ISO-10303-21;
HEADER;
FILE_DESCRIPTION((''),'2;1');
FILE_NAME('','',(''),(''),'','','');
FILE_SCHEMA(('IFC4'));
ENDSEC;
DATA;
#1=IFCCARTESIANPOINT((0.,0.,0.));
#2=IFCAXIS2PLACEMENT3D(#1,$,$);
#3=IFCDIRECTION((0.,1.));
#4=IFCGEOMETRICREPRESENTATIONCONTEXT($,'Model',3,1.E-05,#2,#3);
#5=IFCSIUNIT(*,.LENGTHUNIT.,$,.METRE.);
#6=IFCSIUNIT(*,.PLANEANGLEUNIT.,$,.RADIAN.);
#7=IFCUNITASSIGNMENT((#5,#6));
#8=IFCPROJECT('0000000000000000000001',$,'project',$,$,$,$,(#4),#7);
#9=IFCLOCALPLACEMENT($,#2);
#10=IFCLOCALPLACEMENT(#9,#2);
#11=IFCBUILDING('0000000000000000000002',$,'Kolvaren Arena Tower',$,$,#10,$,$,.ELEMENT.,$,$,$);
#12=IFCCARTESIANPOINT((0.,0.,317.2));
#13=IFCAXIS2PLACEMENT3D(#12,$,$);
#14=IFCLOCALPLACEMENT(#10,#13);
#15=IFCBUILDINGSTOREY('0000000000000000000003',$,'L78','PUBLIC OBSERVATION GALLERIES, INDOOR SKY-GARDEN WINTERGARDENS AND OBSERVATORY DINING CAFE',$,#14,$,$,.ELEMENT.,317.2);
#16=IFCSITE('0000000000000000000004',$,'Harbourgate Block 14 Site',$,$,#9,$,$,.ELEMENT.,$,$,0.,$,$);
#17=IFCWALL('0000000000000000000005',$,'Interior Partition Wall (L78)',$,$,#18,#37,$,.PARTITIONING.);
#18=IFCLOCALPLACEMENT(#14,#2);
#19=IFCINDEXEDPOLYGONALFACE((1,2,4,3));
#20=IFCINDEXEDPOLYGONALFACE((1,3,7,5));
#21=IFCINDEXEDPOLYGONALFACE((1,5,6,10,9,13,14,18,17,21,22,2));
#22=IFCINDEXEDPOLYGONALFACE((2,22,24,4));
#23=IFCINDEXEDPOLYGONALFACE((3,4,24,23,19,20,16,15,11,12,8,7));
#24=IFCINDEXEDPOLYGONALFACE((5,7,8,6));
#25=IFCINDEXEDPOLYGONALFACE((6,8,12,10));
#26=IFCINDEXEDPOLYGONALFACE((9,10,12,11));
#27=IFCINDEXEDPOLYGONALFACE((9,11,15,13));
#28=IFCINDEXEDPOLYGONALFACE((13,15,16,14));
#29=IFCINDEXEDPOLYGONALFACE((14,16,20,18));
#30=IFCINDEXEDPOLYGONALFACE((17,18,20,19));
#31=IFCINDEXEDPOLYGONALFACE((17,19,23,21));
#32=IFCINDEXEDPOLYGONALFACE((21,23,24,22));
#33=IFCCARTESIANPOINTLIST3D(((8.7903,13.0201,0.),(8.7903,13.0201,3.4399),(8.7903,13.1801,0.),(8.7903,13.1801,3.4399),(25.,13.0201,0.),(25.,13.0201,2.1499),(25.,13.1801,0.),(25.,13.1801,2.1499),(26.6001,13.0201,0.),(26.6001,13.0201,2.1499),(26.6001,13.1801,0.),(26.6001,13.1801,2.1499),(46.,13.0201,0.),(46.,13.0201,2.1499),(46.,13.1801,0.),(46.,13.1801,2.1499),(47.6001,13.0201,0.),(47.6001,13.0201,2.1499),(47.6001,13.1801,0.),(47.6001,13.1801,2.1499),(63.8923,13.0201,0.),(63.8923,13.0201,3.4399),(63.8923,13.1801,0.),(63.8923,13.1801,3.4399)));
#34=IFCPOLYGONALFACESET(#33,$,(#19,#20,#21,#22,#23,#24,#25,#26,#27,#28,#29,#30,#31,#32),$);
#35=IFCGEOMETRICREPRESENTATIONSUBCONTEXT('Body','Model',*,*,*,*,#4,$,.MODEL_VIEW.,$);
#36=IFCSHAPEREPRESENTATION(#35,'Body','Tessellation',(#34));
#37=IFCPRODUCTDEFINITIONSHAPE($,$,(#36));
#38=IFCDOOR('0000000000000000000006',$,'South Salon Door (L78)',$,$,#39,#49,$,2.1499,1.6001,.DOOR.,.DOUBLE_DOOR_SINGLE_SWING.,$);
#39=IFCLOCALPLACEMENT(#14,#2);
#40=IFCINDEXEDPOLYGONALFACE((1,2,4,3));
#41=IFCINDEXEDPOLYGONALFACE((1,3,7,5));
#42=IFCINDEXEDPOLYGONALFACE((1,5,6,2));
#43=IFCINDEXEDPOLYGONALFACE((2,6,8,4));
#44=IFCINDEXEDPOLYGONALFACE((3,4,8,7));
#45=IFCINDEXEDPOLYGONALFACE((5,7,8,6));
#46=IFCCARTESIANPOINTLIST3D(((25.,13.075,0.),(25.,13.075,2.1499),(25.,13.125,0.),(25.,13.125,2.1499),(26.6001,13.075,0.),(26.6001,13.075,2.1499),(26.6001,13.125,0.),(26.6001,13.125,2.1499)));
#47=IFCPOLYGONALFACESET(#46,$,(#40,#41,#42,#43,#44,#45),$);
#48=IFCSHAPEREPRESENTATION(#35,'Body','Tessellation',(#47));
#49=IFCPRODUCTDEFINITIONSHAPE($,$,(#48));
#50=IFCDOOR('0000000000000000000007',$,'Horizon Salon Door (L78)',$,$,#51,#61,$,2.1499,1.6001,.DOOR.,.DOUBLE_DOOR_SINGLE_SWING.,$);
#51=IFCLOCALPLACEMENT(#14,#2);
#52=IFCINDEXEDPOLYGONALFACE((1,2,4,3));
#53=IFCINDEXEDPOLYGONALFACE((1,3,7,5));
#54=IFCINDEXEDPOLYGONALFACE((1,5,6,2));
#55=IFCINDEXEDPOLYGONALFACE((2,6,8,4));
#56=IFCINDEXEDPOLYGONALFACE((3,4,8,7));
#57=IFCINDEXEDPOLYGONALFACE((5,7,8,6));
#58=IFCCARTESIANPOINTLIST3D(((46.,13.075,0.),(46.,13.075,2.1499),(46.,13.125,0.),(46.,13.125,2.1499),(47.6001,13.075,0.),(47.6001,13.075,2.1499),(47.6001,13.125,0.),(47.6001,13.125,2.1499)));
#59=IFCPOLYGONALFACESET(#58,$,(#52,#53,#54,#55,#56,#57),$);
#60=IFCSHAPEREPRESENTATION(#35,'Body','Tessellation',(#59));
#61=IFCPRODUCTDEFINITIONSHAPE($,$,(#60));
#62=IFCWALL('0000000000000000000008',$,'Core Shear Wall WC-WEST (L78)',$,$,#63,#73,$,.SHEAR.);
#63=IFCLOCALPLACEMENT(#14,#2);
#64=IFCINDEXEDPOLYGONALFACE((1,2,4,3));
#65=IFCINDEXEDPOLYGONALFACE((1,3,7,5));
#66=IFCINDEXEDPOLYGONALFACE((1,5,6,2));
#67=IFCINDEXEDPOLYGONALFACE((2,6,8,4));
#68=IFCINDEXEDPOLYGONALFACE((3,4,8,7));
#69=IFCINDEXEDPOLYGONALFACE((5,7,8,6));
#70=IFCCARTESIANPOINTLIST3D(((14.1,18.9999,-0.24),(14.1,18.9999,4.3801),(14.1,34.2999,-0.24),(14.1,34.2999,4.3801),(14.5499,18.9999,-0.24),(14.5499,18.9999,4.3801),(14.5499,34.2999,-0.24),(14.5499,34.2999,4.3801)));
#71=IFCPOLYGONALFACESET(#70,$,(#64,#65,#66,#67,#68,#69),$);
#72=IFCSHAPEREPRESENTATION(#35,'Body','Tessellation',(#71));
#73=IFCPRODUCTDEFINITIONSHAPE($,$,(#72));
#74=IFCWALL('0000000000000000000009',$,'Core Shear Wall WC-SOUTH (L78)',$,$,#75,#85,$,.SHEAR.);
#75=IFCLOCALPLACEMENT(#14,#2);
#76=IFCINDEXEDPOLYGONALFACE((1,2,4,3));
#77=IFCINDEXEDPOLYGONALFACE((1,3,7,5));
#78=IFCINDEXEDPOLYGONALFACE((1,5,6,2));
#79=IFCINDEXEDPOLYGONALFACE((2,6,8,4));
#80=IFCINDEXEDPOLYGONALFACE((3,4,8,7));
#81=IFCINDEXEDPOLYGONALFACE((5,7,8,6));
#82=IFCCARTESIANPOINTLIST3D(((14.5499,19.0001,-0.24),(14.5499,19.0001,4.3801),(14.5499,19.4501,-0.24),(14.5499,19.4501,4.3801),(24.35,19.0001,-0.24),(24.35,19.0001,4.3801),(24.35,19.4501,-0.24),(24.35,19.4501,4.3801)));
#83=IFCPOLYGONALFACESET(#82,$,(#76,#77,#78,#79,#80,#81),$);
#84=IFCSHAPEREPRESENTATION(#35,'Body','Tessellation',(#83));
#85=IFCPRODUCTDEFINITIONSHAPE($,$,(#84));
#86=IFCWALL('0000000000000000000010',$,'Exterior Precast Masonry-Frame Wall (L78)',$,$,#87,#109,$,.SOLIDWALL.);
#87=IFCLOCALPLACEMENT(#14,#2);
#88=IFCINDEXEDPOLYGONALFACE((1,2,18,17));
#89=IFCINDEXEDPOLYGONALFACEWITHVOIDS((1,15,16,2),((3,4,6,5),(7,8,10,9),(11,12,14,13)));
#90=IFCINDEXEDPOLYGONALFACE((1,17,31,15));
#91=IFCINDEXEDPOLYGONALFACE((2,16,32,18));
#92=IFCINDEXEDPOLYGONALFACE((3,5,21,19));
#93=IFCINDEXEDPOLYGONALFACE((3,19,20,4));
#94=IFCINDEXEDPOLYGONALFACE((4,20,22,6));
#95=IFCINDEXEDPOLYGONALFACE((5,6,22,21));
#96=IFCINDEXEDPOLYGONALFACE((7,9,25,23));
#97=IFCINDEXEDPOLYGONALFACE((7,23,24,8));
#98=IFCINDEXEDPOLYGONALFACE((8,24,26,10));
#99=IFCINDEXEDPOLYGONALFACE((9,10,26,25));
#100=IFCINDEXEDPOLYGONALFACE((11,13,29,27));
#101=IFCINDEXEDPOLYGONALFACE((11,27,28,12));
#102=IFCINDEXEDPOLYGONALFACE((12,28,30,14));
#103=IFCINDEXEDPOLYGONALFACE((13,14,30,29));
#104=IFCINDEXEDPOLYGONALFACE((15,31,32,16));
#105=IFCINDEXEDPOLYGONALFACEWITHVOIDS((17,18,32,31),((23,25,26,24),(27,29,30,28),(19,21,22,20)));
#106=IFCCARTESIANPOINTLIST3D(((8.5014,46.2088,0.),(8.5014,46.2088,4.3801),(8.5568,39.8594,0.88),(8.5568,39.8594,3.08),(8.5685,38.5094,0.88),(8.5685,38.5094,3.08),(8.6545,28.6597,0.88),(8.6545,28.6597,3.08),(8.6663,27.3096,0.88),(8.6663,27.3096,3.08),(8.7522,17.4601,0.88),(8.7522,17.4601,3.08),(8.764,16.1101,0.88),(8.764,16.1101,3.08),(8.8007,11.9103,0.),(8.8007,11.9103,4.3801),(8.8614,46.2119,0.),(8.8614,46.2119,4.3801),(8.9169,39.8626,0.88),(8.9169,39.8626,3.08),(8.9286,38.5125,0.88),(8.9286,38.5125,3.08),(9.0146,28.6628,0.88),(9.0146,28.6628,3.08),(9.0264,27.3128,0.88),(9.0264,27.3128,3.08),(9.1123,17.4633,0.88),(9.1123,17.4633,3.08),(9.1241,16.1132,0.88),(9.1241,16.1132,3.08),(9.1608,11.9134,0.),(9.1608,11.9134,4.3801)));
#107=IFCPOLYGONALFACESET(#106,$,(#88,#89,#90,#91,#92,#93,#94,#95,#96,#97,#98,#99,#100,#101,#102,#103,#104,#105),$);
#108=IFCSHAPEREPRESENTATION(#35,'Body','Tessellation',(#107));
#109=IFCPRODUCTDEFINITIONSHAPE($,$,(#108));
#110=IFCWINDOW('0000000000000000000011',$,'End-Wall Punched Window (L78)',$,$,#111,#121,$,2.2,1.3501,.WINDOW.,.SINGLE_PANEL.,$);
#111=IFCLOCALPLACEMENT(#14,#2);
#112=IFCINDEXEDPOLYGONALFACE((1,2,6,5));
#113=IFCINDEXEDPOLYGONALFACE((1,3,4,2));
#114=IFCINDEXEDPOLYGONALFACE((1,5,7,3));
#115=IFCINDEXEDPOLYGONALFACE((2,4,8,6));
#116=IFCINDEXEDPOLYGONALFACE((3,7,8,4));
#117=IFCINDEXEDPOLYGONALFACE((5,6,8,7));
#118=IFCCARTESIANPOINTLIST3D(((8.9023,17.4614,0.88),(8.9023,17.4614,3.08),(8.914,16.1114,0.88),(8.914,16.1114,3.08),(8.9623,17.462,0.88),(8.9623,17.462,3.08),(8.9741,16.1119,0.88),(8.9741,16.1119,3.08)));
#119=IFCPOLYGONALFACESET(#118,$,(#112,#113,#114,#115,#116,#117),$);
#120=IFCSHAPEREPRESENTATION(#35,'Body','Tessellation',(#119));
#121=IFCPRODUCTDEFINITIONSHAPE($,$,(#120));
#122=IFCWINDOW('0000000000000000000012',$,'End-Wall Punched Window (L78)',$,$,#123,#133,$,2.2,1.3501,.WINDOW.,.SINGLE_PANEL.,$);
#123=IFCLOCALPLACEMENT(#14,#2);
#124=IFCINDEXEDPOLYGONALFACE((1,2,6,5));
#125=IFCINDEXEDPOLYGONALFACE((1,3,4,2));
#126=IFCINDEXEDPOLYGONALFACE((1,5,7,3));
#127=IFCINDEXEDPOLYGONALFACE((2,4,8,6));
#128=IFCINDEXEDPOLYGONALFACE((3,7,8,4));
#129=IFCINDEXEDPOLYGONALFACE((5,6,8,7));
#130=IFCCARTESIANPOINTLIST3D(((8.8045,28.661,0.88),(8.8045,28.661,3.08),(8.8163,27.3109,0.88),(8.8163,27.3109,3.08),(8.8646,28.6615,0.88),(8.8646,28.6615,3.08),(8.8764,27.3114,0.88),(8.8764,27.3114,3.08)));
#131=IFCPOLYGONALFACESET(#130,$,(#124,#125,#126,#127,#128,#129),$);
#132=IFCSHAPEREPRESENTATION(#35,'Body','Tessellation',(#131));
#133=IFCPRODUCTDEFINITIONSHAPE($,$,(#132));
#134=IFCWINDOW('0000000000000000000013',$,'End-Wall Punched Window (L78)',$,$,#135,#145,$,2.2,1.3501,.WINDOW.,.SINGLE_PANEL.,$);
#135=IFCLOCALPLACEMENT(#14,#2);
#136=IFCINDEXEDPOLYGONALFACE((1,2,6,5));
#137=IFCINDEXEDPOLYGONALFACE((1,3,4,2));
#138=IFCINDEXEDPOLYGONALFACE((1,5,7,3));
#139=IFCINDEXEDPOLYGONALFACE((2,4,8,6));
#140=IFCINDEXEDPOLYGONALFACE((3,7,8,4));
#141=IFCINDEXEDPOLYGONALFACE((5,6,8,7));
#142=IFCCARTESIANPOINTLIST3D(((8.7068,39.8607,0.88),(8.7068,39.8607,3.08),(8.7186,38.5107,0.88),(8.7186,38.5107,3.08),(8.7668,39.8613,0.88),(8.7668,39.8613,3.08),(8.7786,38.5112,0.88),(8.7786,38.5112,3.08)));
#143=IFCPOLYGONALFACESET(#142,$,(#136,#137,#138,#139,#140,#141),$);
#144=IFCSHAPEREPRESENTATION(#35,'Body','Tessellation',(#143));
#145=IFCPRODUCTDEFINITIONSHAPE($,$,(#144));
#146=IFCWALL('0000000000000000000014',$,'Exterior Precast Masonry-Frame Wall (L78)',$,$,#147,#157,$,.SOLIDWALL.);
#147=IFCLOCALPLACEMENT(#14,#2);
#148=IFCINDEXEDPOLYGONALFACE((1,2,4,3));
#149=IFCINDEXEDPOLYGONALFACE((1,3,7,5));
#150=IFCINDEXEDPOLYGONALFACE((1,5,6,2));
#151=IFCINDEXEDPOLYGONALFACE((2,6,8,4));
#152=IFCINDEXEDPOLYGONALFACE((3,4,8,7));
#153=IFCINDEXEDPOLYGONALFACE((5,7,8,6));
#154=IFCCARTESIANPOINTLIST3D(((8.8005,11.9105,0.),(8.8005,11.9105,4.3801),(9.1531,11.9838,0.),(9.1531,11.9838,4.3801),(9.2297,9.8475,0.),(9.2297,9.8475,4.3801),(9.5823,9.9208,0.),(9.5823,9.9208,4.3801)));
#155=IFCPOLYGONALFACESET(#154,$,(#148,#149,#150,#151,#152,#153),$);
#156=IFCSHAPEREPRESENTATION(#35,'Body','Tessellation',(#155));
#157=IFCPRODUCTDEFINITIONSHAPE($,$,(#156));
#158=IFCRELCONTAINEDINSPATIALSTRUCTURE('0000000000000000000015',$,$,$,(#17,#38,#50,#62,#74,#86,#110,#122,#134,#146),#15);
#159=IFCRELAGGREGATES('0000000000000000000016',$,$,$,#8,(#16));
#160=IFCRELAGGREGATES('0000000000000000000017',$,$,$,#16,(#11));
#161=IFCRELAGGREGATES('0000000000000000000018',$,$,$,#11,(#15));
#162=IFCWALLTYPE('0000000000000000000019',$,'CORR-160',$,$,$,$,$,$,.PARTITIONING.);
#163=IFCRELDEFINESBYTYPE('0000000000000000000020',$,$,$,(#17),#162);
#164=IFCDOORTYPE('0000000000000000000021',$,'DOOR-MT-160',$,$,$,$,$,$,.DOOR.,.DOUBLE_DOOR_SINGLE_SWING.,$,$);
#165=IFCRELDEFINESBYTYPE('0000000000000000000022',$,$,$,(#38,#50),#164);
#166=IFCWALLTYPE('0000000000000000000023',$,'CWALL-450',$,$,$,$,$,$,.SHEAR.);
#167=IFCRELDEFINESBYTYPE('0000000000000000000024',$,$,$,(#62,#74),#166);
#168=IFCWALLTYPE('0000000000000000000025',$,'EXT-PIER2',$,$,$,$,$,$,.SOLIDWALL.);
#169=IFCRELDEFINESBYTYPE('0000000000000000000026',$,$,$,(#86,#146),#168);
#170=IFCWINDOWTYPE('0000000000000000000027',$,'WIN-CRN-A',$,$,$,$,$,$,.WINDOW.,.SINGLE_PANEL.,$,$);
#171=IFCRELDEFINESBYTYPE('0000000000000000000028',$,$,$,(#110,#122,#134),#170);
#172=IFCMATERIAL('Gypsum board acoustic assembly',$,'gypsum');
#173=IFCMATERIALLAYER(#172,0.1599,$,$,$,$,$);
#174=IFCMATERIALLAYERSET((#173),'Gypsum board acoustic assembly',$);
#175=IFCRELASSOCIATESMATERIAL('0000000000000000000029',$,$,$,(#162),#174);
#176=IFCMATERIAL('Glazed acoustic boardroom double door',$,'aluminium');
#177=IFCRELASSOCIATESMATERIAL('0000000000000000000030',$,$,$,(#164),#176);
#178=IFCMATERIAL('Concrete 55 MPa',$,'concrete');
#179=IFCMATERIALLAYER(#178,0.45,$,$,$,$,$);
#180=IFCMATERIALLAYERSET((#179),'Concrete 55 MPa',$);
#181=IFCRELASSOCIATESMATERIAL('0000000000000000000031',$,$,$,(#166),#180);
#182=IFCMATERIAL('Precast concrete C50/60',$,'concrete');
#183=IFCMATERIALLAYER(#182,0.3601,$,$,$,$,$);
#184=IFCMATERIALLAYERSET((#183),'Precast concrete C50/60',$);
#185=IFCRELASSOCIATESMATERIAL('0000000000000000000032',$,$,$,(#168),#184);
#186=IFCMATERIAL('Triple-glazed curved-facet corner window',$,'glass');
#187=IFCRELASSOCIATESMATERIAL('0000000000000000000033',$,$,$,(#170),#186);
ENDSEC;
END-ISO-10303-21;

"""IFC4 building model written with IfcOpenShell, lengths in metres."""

from ifc_helpers import new_model, si_unit, direction, frame, frame_2d, origin, place, context, subcontext, project, spatial, rectangle, extrude, material, layer, layer_set, type_object, element, fill, save


model = new_model("IFC4")

# Units and contexts
model_context = context("Model", 3, precision=1e-05, world=origin(), true_north=direction((0.0, 1.0)))
body_context = subcontext(model_context, "Body", "Model", "MODEL_VIEW")
ifc_project = project(units=[si_unit("LENGTHUNIT", "METRE"), si_unit("PLANEANGLEUNIT", "RADIAN")], contexts=[model_context])

# Site, building, storey
site_placement = place(None, origin())
site = spatial("IfcSite", under=ifc_project, at=site_placement, Name="Harbourgate Block 14 Site", CompositionType="ELEMENT", RefElevation=0.0)
building_placement = place(site_placement, origin())
building = spatial("IfcBuilding", under=site, at=building_placement, Name="Kolvaren Arena Tower", CompositionType="ELEMENT")
storey_placement = place(building_placement, frame((0.0, 0.0, 317.2)))
storey = spatial("IfcBuildingStorey", under=building, at=storey_placement, Name="L78", Description="PUBLIC OBSERVATION GALLERIES, INDOOR SKY-GARDEN WINTERGARDENS AND OBSERVATORY DINING CAFE", CompositionType="ELEMENT", Elevation=317.2)

# Shared definitions
ifc_material_1 = material(Name="Precast concrete C50/60", Category="concrete")

# Shared definitions
ifc_material_2 = material(Name="Gypsum board acoustic assembly", Category="gypsum")
ifc_layer_1 = layer(ifc_material_2, 0.1599)
ifc_layer_set_1 = layer_set([ifc_layer_1], Name="Gypsum board acoustic assembly")
wall_type_1 = type_object("IfcWallType", Name="CORR-160", PredefinedType="PARTITIONING", material=ifc_layer_set_1)

# Wall, openings, doors
wall_1_placement = place(storey_placement, frame((8.7903, 13.1001, 0.0), z_axis=(0.0, 0.0, 1.0), x_axis=(1.0, 0.0, 0.0)))
wall_1 = element("IfcWall", 1, at=wall_1_placement, inside=storey, type_object=wall_type_1, Name="Interior Partition Wall (L78)", PredefinedType="PARTITIONING", context=body_context, shape_type="SweptSolid", body=[
    extrude(rectangle(XDim=55.1021, YDim=0.1599, at=frame_2d((27.551, 0.0))), origin(), (0.0, 0.0, 1.0), 3.4399),
])
opening_1_placement = place(wall_1_placement, frame((16.2097, 0.0, 0.0)))
opening_1 = element("IfcOpeningElement", 2, at=opening_1_placement, cuts=wall_1, PredefinedType="OPENING", context=body_context, shape_type="SweptSolid", body=[
    extrude(rectangle(XDim=1.6001, YDim=2.1499, at=frame_2d((0.8, 1.075))), frame((0.0, 0.0898, 0.0), z_axis=(0.0, -1.0, 0.0), x_axis=(1.0, 0.0, 0.0)), (0.0, 0.0, 1.0), 0.1799),
])
opening_2_placement = place(wall_1_placement, frame((37.2097, 0.0, 0.0)))
opening_2 = element("IfcOpeningElement", 3, at=opening_2_placement, cuts=wall_1, PredefinedType="OPENING", context=body_context, shape_type="SweptSolid", body=[
    extrude(rectangle(XDim=1.6001, YDim=2.1499, at=frame_2d((0.8, 1.075))), frame((0.0, 0.0898, 0.0), z_axis=(0.0, -1.0, 0.0), x_axis=(1.0, 0.0, 0.0)), (0.0, 0.0, 1.0), 0.1799),
])
ifc_material_3 = material(Name="Glazed acoustic boardroom double door", Category="aluminium")
door_type_1 = type_object("IfcDoorType", Name="DOOR-MT-160", OperationType="DOUBLE_DOOR_SINGLE_SWING", PredefinedType="DOOR", material=ifc_material_3)
door_1_placement = place(opening_1_placement, origin())
door_1 = element("IfcDoor", 4, at=door_1_placement, inside=storey, type_object=door_type_1, Name="South Salon Door (L78)", OperationType="DOUBLE_DOOR_SINGLE_SWING", OverallHeight=2.1499, OverallWidth=1.6001, PredefinedType="DOOR", context=body_context, shape_type="SweptSolid", body=[
    extrude(rectangle(XDim=1.6001, YDim=2.1499, at=frame_2d((0.8, 1.075))), frame((0.0, 0.0249, 0.0), z_axis=(0.0, -1.0, 0.0), x_axis=(1.0, 0.0, 0.0)), (0.0, 0.0, 1.0), 0.05),
])
fill(opening_1, door_1)
door_2_placement = place(opening_2_placement, origin())
door_2 = element("IfcDoor", 5, at=door_2_placement, inside=storey, type_object=door_type_1, Name="Horizon Salon Door (L78)", OperationType="DOUBLE_DOOR_SINGLE_SWING", OverallHeight=2.1499, OverallWidth=1.6001, PredefinedType="DOOR", context=body_context, shape_type="SweptSolid", body=[
    extrude(rectangle(XDim=1.6001, YDim=2.1499, at=frame_2d((0.8, 1.075))), frame((0.0, 0.0249, 0.0), z_axis=(0.0, -1.0, 0.0), x_axis=(1.0, 0.0, 0.0)), (0.0, 0.0, 1.0), 0.05),
])
fill(opening_2, door_2)

# Walls
ifc_material_4 = material(Name="Concrete 55 MPa", Category="concrete")
ifc_layer_2 = layer(ifc_material_4, 0.45)
ifc_layer_set_2 = layer_set([ifc_layer_2], Name="Concrete 55 MPa")
wall_type_2 = type_object("IfcWallType", Name="CWALL-450", PredefinedType="SHEAR", material=ifc_layer_set_2)
wall_2_placement = place(storey_placement, frame((14.325, 19.0, -0.24), z_axis=(0.0, 0.0, 1.0), x_axis=(0.0, 1.0, 0.0)))
element("IfcWall", 6, at=wall_2_placement, inside=storey, type_object=wall_type_2, Name="Core Shear Wall WC-WEST (L78)", PredefinedType="SHEAR", context=body_context, shape_type="SweptSolid", body=[
    extrude(rectangle(XDim=15.3, YDim=0.45, at=frame_2d((7.6499, 0.0))), origin(), (0.0, 0.0, 1.0), 4.6201),
])
wall_3_placement = place(storey_placement, frame((14.55, 19.2251, -0.24), z_axis=(0.0, 0.0, 1.0), x_axis=(1.0, 0.0, 0.0)))
element("IfcWall", 7, at=wall_3_placement, inside=storey, type_object=wall_type_2, Name="Core Shear Wall WC-SOUTH (L78)", PredefinedType="SHEAR", context=body_context, shape_type="SweptSolid", body=[
    extrude(rectangle(XDim=9.8, YDim=0.45, at=frame_2d((4.8999, 0.0))), origin(), (0.0, 0.0, 1.0), 4.6201),
])

# Wall, openings, windows
ifc_layer_3 = layer(ifc_material_1, 0.3601)
ifc_layer_set_3 = layer_set([ifc_layer_3], Name="Precast concrete C50/60")
wall_type_3 = type_object("IfcWallType", Name="EXT-PIER2", PredefinedType="SOLIDWALL", material=ifc_layer_set_3)
wall_4_placement = place(storey_placement, frame((8.9807, 11.9119, 0.0), z_axis=(0.0, 0.0, 1.0), x_axis=(-0.008726, 0.999962, 0.0)))
wall_4 = element("IfcWall", 8, at=wall_4_placement, inside=storey, type_object=wall_type_3, Name="Exterior Precast Masonry-Frame Wall (L78)", PredefinedType="SOLIDWALL", context=body_context, shape_type="SweptSolid", body=[
    extrude(rectangle(XDim=34.2998, YDim=0.3601, at=frame_2d((17.1499, 0.0))), origin(), (0.0, 0.0, 1.0), 4.3801),
])
opening_3_placement = place(wall_4_placement, frame((4.2, 0.0, 0.8799)))
opening_3 = element("IfcOpeningElement", 9, at=opening_3_placement, cuts=wall_4, PredefinedType="OPENING", context=body_context, shape_type="SweptSolid", body=[
    extrude(rectangle(XDim=1.3501, YDim=2.2, at=frame_2d((0.675, 1.1001))), frame((0.0, 0.1899, 0.0), z_axis=(0.0, -1.0, 0.0), x_axis=(1.0, 0.0, 0.0)), (0.0, 0.0, 1.0), 0.3801),
])
opening_4_placement = place(wall_4_placement, frame((15.3999, 0.0, 0.8799)))
opening_4 = element("IfcOpeningElement", 10, at=opening_4_placement, cuts=wall_4, PredefinedType="OPENING", context=body_context, shape_type="SweptSolid", body=[
    extrude(rectangle(XDim=1.3501, YDim=2.2, at=frame_2d((0.675, 1.1001))), frame((0.0, 0.1899, 0.0), z_axis=(0.0, -1.0, 0.0), x_axis=(1.0, 0.0, 0.0)), (0.0, 0.0, 1.0), 0.3801),
])
opening_5_placement = place(wall_4_placement, frame((26.6001, 0.0, 0.8799)))
opening_5 = element("IfcOpeningElement", 11, at=opening_5_placement, cuts=wall_4, PredefinedType="OPENING", context=body_context, shape_type="SweptSolid", body=[
    extrude(rectangle(XDim=1.3501, YDim=2.2, at=frame_2d((0.675, 1.1001))), frame((0.0, 0.1899, 0.0), z_axis=(0.0, -1.0, 0.0), x_axis=(1.0, 0.0, 0.0)), (0.0, 0.0, 1.0), 0.3801),
])
ifc_material_5 = material(Name="Triple-glazed curved-facet corner window", Category="glass")
window_type = type_object("IfcWindowType", Name="WIN-CRN-A", PartitioningType="SINGLE_PANEL", PredefinedType="WINDOW", material=ifc_material_5)
window_1_placement = place(opening_3_placement, origin())
window_1 = element("IfcWindow", 12, at=window_1_placement, inside=storey, type_object=window_type, Name="End-Wall Punched Window (L78)", OverallHeight=2.2, OverallWidth=1.3501, PartitioningType="SINGLE_PANEL", PredefinedType="WINDOW", context=body_context, shape_type="SweptSolid", body=[
    extrude(rectangle(XDim=1.3501, YDim=2.2, at=frame_2d((0.675, 1.1001))), frame((0.0, 0.03, 0.0), z_axis=(0.0, -1.0, 0.0), x_axis=(1.0, 0.0, 0.0)), (0.0, 0.0, 1.0), 0.0601),
])
fill(opening_3, window_1)
window_2_placement = place(opening_4_placement, origin())
window_2 = element("IfcWindow", 13, at=window_2_placement, inside=storey, type_object=window_type, Name="End-Wall Punched Window (L78)", OverallHeight=2.2, OverallWidth=1.3501, PartitioningType="SINGLE_PANEL", PredefinedType="WINDOW", context=body_context, shape_type="SweptSolid", body=[
    extrude(rectangle(XDim=1.3501, YDim=2.2, at=frame_2d((0.675, 1.1001))), frame((0.0, 0.03, 0.0), z_axis=(0.0, -1.0, 0.0), x_axis=(1.0, 0.0, 0.0)), (0.0, 0.0, 1.0), 0.0601),
])
fill(opening_4, window_2)
window_3_placement = place(opening_5_placement, origin())
window_3 = element("IfcWindow", 14, at=window_3_placement, inside=storey, type_object=window_type, Name="End-Wall Punched Window (L78)", OverallHeight=2.2, OverallWidth=1.3501, PartitioningType="SINGLE_PANEL", PredefinedType="WINDOW", context=body_context, shape_type="SweptSolid", body=[
    extrude(rectangle(XDim=1.3501, YDim=2.2, at=frame_2d((0.675, 1.1001))), frame((0.0, 0.03, 0.0), z_axis=(0.0, -1.0, 0.0), x_axis=(1.0, 0.0, 0.0)), (0.0, 0.0, 1.0), 0.0601),
])
fill(opening_5, window_3)

# Wall
wall_5_placement = place(storey_placement, frame((9.406, 9.884, 0.0), z_axis=(0.0, 0.0, 1.0), x_axis=(-0.203686, 0.979036, 0.0)))
element("IfcWall", 15, at=wall_5_placement, inside=storey, type_object=wall_type_3, Name="Exterior Precast Masonry-Frame Wall (L78)", PredefinedType="SOLIDWALL", context=body_context, shape_type="SweptSolid", body=[
    extrude(rectangle(XDim=2.1072, YDim=0.3601, at=frame_2d((1.0537, 0.0))), origin(), (0.0, 0.0, 1.0), 4.3801),
])

save(model, "model.ifc")
